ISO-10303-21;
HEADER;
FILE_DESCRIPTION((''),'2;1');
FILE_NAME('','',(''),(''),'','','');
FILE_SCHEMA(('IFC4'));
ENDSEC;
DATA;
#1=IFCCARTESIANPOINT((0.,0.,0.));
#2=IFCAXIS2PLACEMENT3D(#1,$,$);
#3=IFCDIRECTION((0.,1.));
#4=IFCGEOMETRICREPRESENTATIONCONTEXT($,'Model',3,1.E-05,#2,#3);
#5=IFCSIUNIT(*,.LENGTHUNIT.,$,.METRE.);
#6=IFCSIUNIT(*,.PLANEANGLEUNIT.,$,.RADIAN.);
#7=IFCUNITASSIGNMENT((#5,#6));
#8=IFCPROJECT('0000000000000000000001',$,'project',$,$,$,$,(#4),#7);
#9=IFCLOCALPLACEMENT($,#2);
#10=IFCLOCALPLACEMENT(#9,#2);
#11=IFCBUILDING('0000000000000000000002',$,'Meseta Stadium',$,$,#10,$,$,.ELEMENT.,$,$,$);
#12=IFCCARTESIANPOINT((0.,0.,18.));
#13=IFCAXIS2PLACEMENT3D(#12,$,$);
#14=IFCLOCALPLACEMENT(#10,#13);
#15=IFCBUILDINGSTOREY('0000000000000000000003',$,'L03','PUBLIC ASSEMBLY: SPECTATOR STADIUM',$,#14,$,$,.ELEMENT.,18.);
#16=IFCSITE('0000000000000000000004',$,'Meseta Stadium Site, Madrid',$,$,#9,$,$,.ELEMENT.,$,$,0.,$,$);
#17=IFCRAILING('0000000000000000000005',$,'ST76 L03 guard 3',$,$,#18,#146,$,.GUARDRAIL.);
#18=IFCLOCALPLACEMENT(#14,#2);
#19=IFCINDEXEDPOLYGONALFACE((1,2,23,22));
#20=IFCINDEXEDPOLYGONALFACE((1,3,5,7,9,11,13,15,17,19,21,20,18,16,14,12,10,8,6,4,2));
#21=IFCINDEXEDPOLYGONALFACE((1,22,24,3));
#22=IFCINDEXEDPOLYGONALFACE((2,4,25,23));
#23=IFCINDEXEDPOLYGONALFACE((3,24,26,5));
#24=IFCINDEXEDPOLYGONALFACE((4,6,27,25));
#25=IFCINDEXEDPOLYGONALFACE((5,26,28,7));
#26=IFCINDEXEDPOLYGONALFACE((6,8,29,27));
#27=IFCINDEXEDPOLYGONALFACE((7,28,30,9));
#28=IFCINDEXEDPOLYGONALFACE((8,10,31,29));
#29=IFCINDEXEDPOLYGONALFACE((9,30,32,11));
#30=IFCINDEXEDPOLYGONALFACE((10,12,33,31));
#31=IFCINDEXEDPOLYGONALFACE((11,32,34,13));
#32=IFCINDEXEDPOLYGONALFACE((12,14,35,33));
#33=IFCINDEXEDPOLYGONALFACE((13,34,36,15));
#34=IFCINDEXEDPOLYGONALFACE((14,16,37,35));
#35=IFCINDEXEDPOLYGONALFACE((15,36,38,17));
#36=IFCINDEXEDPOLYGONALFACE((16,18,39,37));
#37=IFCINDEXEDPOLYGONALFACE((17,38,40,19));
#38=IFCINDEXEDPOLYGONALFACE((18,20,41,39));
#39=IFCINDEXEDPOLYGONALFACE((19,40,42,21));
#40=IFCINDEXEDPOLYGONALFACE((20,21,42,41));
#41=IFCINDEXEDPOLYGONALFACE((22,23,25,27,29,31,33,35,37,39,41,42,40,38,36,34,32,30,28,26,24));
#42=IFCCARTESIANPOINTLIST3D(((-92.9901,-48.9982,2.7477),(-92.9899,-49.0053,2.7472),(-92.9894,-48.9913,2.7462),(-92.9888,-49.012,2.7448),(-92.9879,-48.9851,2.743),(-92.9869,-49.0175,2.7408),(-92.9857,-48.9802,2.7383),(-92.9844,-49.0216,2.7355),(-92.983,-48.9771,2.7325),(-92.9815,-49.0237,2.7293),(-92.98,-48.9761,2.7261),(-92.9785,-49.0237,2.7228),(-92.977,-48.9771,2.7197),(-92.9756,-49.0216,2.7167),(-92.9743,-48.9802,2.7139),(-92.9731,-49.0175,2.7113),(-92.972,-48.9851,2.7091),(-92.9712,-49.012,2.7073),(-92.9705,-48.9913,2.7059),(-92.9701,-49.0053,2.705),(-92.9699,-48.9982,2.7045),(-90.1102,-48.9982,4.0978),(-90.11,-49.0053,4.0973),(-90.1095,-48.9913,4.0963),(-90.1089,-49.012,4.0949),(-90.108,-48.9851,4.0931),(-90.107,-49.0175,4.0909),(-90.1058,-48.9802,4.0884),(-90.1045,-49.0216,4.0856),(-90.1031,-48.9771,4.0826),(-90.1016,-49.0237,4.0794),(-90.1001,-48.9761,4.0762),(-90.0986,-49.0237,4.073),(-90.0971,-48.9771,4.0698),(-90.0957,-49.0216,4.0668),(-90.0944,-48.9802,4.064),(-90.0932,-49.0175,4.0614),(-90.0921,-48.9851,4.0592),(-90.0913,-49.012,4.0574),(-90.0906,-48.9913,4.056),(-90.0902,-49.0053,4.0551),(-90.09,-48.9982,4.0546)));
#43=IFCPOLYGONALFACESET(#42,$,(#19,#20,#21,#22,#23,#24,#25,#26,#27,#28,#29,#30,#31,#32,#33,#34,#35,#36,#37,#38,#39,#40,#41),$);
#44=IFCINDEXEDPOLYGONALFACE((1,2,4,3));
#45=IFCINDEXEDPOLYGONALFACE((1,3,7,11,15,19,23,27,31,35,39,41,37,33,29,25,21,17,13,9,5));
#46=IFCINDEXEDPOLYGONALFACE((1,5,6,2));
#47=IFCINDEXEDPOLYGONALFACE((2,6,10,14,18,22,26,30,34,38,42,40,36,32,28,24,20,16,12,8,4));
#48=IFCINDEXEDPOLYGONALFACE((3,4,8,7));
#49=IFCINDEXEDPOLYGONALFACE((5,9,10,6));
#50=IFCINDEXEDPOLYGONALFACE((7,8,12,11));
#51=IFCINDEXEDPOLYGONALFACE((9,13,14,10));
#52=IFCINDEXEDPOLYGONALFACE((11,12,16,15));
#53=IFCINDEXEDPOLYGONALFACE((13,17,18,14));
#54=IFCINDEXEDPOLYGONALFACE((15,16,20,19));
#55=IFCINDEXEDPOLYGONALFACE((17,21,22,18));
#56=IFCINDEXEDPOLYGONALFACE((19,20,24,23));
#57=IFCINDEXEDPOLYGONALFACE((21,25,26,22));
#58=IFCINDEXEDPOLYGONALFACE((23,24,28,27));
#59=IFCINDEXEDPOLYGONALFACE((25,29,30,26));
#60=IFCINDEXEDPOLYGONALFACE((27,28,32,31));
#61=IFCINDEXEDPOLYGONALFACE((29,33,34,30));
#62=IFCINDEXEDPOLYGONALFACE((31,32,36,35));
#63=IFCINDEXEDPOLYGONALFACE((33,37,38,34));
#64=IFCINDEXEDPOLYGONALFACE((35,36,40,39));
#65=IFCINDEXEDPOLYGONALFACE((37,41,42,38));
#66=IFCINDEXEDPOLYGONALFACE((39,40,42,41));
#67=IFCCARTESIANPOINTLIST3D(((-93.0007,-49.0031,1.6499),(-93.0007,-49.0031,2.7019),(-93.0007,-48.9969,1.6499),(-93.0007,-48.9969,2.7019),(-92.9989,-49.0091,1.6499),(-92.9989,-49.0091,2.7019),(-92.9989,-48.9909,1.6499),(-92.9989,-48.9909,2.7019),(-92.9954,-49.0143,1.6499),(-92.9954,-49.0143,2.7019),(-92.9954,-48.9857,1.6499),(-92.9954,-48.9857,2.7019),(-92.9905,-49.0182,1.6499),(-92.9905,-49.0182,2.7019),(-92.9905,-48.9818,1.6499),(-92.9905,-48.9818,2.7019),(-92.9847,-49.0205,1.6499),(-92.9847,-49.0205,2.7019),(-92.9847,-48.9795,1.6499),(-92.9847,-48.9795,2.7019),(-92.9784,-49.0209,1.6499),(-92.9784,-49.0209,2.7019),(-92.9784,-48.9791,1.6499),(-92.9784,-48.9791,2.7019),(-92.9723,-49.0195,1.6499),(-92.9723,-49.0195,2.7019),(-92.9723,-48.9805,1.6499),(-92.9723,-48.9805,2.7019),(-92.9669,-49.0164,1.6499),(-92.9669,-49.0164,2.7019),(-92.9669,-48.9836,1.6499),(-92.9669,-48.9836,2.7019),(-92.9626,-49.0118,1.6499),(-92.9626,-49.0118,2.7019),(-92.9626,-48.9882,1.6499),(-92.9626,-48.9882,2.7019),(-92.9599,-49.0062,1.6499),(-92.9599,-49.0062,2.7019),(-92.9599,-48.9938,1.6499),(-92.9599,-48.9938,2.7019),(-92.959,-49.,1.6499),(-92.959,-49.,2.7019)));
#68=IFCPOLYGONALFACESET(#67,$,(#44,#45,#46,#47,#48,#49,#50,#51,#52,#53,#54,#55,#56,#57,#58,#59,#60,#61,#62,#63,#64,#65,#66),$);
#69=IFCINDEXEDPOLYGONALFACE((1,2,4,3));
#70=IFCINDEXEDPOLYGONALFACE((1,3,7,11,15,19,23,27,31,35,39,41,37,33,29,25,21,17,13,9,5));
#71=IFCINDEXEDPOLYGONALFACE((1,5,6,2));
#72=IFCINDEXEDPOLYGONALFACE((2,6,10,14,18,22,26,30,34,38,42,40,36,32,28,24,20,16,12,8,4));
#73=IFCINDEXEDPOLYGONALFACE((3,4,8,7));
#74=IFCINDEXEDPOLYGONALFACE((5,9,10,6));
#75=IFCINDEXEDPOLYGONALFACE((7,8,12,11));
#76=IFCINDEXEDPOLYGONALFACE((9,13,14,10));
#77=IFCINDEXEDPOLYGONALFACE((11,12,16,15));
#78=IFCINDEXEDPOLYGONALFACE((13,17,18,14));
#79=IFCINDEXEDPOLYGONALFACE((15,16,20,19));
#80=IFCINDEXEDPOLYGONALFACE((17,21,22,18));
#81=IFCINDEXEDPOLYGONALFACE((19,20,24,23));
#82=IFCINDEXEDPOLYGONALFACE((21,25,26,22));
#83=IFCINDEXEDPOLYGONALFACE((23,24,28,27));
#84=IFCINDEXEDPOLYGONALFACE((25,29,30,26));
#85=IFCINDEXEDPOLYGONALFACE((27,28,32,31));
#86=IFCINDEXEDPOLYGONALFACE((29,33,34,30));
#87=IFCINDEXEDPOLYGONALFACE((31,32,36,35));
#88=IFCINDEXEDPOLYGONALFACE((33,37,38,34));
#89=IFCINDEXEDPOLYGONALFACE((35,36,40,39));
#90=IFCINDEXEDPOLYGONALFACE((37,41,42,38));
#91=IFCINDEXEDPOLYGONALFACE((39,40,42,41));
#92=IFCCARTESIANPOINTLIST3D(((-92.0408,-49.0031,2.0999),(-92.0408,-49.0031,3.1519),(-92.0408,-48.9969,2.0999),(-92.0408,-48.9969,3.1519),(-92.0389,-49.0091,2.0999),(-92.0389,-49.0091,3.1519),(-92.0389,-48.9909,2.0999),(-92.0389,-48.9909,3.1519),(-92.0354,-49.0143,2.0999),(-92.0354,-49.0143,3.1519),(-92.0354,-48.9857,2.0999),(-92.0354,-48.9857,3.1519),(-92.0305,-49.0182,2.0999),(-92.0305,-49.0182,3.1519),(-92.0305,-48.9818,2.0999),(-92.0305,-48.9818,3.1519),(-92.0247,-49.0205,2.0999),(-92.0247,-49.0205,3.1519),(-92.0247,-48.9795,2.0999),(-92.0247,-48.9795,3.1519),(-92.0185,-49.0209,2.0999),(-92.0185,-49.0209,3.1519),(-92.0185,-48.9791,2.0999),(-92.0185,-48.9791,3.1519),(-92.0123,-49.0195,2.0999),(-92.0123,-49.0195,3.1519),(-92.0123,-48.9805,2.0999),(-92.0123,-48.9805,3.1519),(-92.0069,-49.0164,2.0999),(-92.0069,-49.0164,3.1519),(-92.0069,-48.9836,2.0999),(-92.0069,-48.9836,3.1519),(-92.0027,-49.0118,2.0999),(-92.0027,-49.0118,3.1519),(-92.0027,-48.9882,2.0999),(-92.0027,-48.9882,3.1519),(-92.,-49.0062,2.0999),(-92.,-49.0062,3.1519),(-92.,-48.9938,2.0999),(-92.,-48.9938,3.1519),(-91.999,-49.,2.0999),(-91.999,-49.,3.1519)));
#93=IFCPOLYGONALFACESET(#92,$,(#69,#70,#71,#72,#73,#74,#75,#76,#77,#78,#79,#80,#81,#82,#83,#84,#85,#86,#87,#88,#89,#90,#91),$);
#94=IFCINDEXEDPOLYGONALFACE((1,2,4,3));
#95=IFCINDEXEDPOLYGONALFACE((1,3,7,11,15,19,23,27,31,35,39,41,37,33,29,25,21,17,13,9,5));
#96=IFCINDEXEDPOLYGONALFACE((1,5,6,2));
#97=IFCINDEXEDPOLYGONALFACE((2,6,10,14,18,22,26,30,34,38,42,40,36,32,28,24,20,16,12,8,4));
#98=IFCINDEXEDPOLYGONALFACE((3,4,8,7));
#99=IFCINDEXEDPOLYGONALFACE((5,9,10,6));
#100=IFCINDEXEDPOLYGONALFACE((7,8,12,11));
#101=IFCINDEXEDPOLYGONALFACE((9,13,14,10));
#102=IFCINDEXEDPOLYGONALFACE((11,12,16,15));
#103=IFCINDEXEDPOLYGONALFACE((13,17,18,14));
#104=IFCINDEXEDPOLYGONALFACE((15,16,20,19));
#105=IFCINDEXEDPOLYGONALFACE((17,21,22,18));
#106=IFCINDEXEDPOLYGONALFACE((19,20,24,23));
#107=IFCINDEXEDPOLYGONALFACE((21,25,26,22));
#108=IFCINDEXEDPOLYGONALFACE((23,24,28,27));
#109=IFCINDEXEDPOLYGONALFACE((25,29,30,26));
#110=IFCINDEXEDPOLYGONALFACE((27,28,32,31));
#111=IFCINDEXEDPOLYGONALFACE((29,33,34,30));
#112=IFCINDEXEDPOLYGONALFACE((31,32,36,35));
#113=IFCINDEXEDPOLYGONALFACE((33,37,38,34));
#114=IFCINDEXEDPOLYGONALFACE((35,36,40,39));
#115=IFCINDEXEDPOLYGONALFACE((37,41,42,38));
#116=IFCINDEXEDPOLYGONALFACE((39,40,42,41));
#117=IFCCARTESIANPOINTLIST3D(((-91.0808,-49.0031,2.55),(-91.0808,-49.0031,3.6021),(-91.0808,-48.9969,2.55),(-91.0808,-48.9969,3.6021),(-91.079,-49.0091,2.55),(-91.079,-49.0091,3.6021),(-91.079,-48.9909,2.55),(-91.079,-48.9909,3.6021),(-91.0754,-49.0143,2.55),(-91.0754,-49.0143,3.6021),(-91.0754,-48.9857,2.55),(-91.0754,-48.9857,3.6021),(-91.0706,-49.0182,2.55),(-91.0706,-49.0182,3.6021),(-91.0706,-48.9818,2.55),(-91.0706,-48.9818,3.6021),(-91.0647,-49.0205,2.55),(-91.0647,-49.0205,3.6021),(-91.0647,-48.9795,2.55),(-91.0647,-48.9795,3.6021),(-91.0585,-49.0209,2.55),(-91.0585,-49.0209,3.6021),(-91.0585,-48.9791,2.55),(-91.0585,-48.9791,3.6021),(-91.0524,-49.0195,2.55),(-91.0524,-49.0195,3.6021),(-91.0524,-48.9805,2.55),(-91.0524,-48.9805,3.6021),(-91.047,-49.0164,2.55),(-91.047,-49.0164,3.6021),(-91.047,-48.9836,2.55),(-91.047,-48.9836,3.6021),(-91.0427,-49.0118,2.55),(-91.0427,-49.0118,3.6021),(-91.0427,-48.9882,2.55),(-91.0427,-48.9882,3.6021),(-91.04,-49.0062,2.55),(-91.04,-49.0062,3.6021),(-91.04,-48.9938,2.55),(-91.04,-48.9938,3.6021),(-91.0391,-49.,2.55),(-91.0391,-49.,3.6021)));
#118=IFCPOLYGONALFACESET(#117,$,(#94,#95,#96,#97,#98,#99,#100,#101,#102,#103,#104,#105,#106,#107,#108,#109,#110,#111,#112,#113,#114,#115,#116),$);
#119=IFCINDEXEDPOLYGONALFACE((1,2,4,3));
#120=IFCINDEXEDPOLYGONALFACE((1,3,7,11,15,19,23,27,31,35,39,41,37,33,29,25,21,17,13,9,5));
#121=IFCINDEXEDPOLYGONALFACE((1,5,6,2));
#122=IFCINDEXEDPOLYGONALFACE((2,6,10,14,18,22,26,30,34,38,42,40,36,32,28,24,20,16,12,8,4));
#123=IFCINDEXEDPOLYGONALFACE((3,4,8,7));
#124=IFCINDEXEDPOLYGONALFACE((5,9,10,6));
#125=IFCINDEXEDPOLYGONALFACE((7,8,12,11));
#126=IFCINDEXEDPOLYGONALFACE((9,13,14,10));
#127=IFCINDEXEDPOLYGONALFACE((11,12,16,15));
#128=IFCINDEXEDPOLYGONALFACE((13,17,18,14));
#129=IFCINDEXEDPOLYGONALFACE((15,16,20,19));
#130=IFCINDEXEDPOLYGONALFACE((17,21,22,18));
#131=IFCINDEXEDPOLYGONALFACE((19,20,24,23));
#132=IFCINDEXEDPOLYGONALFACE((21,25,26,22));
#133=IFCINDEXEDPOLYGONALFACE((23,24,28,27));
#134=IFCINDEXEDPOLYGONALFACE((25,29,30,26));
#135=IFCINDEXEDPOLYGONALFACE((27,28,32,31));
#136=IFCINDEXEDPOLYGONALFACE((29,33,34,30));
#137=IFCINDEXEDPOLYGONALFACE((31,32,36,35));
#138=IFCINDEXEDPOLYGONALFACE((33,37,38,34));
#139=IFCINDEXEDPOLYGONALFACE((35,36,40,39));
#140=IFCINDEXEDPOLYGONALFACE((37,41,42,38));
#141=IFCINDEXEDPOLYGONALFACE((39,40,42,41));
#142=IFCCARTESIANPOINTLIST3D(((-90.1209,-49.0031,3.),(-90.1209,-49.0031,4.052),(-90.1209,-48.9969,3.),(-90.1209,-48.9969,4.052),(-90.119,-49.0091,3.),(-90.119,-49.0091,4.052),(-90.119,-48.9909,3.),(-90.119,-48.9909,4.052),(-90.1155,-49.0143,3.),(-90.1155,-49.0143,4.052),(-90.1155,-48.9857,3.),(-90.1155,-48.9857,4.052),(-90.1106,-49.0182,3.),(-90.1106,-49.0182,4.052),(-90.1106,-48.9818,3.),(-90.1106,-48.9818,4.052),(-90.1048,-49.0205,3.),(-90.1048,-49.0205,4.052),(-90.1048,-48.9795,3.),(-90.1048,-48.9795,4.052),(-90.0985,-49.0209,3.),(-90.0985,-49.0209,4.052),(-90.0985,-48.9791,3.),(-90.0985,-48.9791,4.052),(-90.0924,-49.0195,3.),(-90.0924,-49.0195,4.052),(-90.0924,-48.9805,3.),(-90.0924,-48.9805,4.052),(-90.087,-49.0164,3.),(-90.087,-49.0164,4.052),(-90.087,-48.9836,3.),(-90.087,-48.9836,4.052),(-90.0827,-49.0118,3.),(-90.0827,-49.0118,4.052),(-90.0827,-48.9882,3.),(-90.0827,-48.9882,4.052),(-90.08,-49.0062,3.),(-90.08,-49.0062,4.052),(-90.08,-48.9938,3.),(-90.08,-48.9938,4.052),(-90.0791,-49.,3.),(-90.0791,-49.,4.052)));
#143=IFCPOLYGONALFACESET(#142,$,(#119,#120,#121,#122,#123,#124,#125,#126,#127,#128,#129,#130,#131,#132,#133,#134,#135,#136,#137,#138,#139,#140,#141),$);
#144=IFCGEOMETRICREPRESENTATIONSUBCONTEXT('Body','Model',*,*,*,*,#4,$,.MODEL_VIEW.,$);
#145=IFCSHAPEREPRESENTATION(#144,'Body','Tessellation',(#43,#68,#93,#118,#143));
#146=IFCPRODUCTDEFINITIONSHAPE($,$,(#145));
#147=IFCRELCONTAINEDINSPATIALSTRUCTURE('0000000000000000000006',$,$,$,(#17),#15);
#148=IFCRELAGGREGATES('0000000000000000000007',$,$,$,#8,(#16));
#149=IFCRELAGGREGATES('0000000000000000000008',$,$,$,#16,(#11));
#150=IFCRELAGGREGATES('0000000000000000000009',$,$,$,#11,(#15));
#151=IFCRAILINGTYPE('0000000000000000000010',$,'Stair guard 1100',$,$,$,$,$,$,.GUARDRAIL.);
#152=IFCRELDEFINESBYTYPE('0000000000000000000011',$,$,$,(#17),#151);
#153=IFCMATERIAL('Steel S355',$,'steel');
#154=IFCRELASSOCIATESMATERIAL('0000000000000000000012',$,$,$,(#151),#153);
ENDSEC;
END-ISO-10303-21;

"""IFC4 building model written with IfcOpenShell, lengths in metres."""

from ifc_helpers import new_model, si_unit, direction, frame, origin, origin_2d, place, context, subcontext, project, spatial, circle, extrude, material, type_object, element, save


model = new_model("IFC4")

# Units and contexts
model_context = context("Model", 3, precision=1e-05, world=origin(), true_north=direction((0.0, 1.0)))
body_context = subcontext(model_context, "Body", "Model", "MODEL_VIEW")
ifc_project = project(units=[si_unit("LENGTHUNIT", "METRE"), si_unit("PLANEANGLEUNIT", "RADIAN")], contexts=[model_context])

# Site, building, storey
site_placement = place(None, origin())
site = spatial("IfcSite", under=ifc_project, at=site_placement, Name="Meseta Stadium Site, Madrid", CompositionType="ELEMENT", RefElevation=0.0)
building_placement = place(site_placement, origin())
building = spatial("IfcBuilding", under=site, at=building_placement, Name="Meseta Stadium", CompositionType="ELEMENT")
storey_placement = place(building_placement, frame((0.0, 0.0, 18.0)))
storey = spatial("IfcBuildingStorey", under=building, at=storey_placement, Name="L03", Description="PUBLIC ASSEMBLY: SPECTATOR STADIUM", CompositionType="ELEMENT", Elevation=18.0)

# Railing
ifc_material_1 = material(Name="Steel S355", Category="steel")
railing_type_1 = type_object("IfcRailingType", Name="Stair guard 1100", PredefinedType="GUARDRAIL", material=ifc_material_1)
railing_1_placement = place(storey_placement, frame((-92.98, -49.0, 1.6499)))
element("IfcRailing", 1, at=railing_1_placement, inside=storey, type_object=railing_type_1, Name="ST76 L03 guard 3", PredefinedType="GUARDRAIL", context=body_context, shape_type="SweptSolid", body=[
    extrude(circle(Radius=0.0239, at=origin_2d()), frame((0.0, 0.0, 1.0762), z_axis=(0.90544, 0.0, 0.424473), x_axis=(0.0, 1.0, 0.0)), (0.0, 0.0, 1.0), 3.1807),
    extrude(circle(Radius=0.021, at=origin_2d()), origin(), (0.0, 0.0, 1.0), 1.052),
    extrude(circle(Radius=0.021, at=origin_2d()), frame((0.96, 0.0, 0.45)), (0.0, 0.0, 1.0), 1.052),
    extrude(circle(Radius=0.021, at=origin_2d()), frame((1.9199, 0.0, 0.9001)), (0.0, 0.0, 1.0), 1.052),
    extrude(circle(Radius=0.021, at=origin_2d()), frame((2.8799, 0.0, 1.3501)), (0.0, 0.0, 1.0), 1.052),
])

save(model, "model.ifc")
